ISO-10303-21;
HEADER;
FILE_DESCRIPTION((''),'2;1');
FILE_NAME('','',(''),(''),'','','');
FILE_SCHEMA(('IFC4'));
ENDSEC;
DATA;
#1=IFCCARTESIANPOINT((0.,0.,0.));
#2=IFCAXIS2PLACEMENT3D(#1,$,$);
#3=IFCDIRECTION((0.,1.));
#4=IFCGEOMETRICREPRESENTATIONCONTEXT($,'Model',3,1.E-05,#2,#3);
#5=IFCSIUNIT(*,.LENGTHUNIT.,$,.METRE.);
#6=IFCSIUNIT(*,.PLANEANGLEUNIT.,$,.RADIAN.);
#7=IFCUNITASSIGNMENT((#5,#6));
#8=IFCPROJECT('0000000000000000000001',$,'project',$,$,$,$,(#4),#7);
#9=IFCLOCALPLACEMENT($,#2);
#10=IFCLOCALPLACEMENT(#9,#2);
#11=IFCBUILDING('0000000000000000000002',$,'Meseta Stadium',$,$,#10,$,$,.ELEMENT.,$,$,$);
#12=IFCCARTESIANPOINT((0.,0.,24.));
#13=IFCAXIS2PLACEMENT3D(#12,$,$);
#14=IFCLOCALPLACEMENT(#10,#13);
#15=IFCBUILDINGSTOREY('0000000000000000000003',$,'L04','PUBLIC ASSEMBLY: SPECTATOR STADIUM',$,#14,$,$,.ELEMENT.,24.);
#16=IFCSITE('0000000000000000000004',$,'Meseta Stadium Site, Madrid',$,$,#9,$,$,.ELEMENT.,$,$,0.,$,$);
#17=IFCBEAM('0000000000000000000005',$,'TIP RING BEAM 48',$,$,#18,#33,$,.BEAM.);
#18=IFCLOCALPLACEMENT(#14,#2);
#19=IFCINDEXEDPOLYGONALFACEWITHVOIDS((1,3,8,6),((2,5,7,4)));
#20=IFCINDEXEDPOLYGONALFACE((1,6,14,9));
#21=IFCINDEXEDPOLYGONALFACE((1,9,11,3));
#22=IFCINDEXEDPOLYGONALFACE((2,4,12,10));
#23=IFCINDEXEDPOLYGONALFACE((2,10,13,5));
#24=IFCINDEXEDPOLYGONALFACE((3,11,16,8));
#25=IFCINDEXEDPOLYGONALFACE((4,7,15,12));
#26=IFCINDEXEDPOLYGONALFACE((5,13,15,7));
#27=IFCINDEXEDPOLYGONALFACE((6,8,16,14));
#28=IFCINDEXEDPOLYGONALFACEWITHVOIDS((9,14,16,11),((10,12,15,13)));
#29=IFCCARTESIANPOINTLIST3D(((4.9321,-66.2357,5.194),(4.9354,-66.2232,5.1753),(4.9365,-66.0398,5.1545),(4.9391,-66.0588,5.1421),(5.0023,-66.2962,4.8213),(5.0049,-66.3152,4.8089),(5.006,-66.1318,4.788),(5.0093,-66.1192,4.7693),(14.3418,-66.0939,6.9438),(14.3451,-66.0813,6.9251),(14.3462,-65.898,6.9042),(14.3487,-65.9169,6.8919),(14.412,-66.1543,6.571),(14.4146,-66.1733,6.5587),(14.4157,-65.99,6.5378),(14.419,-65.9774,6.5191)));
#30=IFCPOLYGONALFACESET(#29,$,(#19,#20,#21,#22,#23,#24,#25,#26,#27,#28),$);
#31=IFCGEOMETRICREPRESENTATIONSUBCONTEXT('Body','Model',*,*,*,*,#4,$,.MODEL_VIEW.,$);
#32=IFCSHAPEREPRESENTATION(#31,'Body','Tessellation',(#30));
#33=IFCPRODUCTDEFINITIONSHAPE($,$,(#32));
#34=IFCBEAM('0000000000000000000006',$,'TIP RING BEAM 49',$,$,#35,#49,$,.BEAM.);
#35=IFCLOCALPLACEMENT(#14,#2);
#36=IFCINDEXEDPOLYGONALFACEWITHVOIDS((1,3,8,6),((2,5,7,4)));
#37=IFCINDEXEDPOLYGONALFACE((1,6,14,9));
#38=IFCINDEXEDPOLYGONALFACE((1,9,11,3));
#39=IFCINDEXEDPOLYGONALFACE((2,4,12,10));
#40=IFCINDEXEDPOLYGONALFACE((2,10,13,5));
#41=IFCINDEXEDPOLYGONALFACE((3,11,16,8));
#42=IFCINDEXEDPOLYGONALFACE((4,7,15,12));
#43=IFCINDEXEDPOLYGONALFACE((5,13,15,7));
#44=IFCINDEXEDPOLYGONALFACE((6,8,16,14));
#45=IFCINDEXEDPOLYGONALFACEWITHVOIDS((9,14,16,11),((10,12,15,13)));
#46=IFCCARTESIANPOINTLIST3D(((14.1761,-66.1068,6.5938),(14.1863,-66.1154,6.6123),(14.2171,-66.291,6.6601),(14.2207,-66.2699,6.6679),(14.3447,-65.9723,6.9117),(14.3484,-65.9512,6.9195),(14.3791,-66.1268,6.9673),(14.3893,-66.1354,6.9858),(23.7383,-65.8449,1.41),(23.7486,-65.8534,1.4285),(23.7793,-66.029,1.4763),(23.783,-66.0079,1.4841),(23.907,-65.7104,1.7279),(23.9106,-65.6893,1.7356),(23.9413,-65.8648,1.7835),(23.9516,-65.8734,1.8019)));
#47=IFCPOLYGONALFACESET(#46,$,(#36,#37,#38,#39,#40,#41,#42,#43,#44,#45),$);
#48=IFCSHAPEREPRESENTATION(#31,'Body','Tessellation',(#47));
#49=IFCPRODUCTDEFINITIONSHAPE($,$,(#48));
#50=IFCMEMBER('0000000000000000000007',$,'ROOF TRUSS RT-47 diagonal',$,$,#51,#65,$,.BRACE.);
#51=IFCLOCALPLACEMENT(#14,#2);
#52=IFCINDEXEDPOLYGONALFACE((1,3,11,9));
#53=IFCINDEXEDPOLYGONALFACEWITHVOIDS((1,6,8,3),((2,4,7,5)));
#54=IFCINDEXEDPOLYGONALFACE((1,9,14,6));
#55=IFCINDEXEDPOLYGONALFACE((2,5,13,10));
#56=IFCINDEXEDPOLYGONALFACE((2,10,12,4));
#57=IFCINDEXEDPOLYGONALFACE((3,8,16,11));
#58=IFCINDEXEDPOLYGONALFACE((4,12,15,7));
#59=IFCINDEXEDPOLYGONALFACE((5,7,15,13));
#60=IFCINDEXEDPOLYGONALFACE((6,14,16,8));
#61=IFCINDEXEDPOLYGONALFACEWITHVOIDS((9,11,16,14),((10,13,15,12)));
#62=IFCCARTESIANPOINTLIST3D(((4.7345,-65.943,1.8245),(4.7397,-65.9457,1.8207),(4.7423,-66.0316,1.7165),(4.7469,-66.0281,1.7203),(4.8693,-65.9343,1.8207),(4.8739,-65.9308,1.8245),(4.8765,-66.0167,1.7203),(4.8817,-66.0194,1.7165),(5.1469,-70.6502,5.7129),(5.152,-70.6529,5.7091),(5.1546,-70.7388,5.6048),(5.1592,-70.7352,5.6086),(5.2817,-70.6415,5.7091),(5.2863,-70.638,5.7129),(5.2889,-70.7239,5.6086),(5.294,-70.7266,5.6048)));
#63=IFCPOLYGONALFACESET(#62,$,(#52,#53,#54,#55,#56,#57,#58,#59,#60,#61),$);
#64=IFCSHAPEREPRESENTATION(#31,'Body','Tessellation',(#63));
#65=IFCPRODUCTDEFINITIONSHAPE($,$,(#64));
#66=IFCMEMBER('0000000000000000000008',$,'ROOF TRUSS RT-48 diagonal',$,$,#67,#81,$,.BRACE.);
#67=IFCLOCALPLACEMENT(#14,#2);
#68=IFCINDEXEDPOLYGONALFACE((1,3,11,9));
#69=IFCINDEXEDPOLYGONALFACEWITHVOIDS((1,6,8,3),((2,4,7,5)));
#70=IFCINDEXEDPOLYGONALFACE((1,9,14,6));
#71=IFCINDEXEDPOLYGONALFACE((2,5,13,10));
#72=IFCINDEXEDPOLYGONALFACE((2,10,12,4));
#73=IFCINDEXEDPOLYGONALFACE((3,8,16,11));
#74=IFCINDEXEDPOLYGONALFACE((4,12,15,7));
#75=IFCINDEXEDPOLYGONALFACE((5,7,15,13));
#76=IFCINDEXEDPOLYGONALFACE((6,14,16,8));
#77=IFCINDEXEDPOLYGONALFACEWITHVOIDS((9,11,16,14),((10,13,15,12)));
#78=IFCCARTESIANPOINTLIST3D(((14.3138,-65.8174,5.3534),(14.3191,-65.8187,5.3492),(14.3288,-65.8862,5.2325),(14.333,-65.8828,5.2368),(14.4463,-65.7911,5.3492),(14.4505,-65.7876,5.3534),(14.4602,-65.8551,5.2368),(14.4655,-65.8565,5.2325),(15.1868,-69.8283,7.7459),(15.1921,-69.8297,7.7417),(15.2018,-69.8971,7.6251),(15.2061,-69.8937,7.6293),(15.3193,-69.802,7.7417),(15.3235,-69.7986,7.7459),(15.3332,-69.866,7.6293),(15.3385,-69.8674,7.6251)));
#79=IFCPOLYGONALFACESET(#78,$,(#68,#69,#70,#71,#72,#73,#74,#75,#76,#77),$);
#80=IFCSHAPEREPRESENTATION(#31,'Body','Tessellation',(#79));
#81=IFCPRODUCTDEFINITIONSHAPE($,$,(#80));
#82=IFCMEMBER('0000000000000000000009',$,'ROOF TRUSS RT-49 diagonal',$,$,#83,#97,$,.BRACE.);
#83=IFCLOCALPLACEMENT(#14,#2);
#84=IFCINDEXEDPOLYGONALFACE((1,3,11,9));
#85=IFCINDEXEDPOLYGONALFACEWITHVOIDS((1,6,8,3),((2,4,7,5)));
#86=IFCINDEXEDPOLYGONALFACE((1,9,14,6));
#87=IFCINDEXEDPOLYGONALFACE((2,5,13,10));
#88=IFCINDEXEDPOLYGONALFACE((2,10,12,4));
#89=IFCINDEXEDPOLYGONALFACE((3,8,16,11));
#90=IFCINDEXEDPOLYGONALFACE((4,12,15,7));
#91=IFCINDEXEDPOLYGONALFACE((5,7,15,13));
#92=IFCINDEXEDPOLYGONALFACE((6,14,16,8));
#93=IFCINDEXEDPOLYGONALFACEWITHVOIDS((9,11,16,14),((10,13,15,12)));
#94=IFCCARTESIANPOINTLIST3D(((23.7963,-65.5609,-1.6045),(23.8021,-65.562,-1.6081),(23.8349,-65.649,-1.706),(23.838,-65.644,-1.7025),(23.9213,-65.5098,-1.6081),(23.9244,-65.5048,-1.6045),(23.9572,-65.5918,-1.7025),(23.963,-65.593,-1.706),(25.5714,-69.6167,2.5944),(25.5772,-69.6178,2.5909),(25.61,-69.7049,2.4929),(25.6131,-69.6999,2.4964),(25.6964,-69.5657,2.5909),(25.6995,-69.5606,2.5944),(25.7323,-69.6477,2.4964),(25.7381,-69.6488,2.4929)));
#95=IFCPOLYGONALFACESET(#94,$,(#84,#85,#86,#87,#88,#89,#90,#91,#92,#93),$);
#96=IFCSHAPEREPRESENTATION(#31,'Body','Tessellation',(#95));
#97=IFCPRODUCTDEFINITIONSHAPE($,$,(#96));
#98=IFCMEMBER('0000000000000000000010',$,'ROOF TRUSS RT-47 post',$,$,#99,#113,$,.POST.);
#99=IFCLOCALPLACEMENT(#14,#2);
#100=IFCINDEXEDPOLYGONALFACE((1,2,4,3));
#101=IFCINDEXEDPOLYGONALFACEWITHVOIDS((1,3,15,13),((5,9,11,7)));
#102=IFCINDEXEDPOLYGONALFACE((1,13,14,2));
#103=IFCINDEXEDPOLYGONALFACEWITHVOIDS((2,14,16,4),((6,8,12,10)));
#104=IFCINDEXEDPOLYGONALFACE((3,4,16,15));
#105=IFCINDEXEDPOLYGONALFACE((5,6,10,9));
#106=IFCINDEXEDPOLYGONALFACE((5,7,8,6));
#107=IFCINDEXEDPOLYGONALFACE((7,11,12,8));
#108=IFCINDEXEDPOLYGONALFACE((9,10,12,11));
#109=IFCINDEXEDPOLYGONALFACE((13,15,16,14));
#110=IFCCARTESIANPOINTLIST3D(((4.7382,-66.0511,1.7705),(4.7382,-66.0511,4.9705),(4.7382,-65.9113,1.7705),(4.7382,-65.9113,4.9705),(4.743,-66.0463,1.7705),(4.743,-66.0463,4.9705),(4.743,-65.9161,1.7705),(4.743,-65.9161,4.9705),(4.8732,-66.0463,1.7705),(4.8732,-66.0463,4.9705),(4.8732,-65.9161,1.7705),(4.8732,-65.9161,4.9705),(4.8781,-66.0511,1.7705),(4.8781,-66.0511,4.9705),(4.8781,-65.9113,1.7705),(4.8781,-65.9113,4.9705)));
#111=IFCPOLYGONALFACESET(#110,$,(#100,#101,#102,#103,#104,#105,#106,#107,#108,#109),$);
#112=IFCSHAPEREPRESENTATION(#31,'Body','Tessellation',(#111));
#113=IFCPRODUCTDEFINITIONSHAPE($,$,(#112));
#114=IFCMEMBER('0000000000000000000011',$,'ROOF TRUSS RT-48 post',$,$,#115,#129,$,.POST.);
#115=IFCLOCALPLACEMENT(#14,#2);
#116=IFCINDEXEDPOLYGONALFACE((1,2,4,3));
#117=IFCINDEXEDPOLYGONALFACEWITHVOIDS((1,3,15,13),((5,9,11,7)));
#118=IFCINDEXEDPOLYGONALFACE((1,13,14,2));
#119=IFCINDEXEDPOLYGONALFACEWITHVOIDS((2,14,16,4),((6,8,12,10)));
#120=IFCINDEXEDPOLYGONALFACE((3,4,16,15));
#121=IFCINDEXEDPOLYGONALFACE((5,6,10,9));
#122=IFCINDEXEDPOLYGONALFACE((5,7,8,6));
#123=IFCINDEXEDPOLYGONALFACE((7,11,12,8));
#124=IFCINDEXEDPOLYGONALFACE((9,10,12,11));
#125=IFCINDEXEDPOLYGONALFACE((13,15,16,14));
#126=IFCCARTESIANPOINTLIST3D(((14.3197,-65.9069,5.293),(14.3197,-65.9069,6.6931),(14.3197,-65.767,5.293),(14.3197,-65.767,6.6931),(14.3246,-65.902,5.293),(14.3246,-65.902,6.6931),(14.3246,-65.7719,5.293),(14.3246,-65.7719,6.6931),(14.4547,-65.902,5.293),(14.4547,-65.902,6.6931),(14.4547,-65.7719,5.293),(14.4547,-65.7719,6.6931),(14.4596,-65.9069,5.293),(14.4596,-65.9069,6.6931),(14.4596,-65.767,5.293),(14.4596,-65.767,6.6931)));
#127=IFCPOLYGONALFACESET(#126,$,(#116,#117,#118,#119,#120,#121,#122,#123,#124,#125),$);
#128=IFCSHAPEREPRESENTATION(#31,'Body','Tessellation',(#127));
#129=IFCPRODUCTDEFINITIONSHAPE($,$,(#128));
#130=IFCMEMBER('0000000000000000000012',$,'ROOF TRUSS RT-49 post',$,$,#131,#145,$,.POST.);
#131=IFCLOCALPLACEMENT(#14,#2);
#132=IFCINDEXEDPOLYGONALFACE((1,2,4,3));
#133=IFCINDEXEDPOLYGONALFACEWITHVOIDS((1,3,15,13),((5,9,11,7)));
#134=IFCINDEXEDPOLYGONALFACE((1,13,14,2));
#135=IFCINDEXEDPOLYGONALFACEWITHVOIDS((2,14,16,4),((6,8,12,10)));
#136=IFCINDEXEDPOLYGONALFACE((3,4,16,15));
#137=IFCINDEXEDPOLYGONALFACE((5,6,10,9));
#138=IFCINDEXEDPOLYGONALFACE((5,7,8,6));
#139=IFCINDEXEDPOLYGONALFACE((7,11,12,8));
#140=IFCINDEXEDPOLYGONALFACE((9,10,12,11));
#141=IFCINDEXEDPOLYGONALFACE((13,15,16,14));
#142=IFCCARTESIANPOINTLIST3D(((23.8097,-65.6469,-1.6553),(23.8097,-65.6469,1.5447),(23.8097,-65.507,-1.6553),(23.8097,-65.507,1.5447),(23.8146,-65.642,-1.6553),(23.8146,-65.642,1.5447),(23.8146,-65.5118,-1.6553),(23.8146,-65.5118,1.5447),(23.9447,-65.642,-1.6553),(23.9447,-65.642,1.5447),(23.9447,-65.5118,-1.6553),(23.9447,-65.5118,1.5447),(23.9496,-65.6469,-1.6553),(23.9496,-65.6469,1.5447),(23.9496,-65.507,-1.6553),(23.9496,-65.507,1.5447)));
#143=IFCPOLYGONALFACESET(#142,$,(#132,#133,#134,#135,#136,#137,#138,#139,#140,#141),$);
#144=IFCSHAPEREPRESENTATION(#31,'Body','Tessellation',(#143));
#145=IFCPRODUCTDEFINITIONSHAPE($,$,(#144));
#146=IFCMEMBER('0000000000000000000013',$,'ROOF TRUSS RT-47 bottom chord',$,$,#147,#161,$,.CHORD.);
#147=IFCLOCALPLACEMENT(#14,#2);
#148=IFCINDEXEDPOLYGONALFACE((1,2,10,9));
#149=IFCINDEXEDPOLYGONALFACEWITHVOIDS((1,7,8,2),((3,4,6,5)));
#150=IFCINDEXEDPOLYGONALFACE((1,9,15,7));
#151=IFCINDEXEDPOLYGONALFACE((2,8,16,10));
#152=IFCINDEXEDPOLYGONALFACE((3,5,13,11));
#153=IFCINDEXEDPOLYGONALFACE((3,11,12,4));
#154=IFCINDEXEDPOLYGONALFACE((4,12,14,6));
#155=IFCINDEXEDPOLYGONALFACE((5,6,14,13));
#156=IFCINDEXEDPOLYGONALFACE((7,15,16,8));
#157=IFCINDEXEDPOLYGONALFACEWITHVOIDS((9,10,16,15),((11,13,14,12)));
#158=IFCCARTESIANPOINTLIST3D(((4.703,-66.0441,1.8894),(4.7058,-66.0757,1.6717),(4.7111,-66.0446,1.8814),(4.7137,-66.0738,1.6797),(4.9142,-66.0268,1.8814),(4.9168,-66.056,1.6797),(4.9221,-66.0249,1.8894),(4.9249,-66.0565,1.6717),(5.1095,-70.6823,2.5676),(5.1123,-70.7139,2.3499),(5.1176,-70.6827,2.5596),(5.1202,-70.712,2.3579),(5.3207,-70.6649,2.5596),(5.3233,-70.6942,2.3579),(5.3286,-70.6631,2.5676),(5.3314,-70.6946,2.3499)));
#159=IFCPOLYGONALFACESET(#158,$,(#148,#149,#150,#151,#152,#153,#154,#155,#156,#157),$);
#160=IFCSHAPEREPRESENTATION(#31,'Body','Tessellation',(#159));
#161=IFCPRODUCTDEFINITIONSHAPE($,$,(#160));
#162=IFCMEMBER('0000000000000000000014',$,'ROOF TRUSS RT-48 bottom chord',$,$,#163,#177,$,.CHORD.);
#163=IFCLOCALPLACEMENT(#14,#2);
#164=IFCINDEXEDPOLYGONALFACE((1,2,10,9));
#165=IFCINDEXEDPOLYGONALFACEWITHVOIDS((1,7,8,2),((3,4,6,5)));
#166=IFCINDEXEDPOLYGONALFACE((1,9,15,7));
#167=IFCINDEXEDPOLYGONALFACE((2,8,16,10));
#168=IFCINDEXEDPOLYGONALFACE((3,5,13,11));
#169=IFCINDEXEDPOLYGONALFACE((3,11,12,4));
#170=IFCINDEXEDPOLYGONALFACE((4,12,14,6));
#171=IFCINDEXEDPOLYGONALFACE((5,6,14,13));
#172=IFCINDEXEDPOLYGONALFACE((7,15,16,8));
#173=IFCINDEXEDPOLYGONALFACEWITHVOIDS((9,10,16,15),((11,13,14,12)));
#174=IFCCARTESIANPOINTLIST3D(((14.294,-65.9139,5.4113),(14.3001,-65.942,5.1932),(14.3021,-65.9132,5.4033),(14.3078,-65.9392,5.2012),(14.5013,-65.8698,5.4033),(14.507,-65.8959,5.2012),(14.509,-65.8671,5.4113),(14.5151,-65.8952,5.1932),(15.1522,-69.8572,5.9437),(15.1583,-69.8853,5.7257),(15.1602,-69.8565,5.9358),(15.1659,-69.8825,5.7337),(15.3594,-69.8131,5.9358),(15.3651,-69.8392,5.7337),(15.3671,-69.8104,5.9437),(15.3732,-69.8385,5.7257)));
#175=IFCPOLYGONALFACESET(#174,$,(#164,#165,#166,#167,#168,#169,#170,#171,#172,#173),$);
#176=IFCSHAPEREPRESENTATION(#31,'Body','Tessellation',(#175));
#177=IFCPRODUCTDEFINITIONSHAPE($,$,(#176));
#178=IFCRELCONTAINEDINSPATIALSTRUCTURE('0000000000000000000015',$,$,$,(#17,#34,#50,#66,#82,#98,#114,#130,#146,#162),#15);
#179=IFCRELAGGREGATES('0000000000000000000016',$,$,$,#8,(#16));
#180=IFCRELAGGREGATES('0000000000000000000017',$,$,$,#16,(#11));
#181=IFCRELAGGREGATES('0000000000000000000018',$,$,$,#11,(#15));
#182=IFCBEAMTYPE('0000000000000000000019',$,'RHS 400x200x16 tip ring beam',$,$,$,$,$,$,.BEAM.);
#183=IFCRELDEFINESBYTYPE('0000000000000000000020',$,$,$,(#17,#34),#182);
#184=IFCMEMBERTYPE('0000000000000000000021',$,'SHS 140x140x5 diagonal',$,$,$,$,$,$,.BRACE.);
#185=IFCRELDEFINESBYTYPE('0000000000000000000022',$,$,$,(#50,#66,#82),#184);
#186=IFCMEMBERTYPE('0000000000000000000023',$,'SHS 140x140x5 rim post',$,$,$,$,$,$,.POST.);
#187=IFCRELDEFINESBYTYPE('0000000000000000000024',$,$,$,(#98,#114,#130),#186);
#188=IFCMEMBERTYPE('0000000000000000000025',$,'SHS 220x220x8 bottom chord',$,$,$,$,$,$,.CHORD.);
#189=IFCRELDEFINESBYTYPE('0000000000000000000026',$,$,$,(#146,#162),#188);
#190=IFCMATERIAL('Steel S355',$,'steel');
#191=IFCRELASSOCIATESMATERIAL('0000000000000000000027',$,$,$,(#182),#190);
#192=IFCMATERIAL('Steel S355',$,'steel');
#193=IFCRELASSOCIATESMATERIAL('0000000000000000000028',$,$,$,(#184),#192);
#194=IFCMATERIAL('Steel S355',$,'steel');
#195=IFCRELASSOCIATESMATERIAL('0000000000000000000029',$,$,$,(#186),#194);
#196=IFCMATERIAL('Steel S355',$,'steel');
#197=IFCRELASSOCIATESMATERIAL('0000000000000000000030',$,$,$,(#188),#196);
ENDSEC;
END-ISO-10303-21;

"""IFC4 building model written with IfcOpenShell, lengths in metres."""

from ifc_helpers import new_model, si_unit, direction, frame, origin, origin_2d, place, context, subcontext, project, spatial, hollow_rectangle, extrude, material, material_profile, profile_set, type_object, element, save


model = new_model("IFC4")

# Units and contexts
model_context = context("Model", 3, precision=1e-05, world=origin(), true_north=direction((0.0, 1.0)))
body_context = subcontext(model_context, "Body", "Model", "MODEL_VIEW")
ifc_project = project(units=[si_unit("LENGTHUNIT", "METRE"), si_unit("PLANEANGLEUNIT", "RADIAN")], contexts=[model_context])

# Site, building, storey
site_placement = place(None, origin())
site = spatial("IfcSite", under=ifc_project, at=site_placement, Name="Meseta Stadium Site, Madrid", CompositionType="ELEMENT", RefElevation=0.0)
building_placement = place(site_placement, origin())
building = spatial("IfcBuilding", under=site, at=building_placement, Name="Meseta Stadium", CompositionType="ELEMENT")
storey_placement = place(building_placement, frame((0.0, 0.0, 24.0)))
storey = spatial("IfcBuildingStorey", under=building, at=storey_placement, Name="L04", Description="PUBLIC ASSEMBLY: SPECTATOR STADIUM", CompositionType="ELEMENT", Elevation=24.0)

# Beams
ifc_material_1 = material(Name="Steel S355", Category="steel")
ifc_material_profile_1 = material_profile(ifc_material_1, hollow_rectangle(XDim=0.2, YDim=0.3999, WallThickness=0.0161, at=origin_2d()), Name="RHS 400x200x16")
ifc_profile_set_1 = profile_set([ifc_material_profile_1], Name="Steel S355")
beam_type = type_object("IfcBeamType", Name="RHS 400x200x16 tip ring beam", PredefinedType="BEAM", material=ifc_profile_set_1)
beam_1_placement = place(storey_placement, frame((4.9707, -66.1775, 4.9817), z_axis=(0.983039, 0.014819, 0.182799), x_axis=(0.02204, 0.979961, -0.197968)))
element("IfcBeam", 1, at=beam_1_placement, inside=storey, type_object=beam_type, Name="TIP RING BEAM 48", PredefinedType="BEAM", context=body_context, shape_type="SweptSolid", body=[
    extrude(hollow_rectangle(XDim=0.2, YDim=0.3999, WallThickness=0.0161, at=origin_2d()), origin(), (0.0, 0.0, 1.0), 9.572),
])
beam_2_placement = place(storey_placement, frame((14.2827, -66.1211, 6.7898), z_axis=(0.878872, 0.024077, -0.476449), x_axis=(-0.204991, 0.920882, -0.331595)))
element("IfcBeam", 2, at=beam_2_placement, inside=storey, type_object=beam_type, Name="TIP RING BEAM 49", PredefinedType="BEAM", context=body_context, shape_type="SweptSolid", body=[
    extrude(hollow_rectangle(XDim=0.2, YDim=0.3999, WallThickness=0.0161, at=origin_2d()), origin(), (0.0, 0.0, 1.0), 10.8801),
])

# Members
ifc_material_2 = material(Name="Steel S355", Category="steel")
ifc_material_profile_2 = material_profile(ifc_material_2, hollow_rectangle(XDim=0.1399, YDim=0.1399, WallThickness=0.0049, at=origin_2d()), Name="SHS 140x140x5")
ifc_profile_set_2 = profile_set([ifc_material_profile_2], Name="Steel S355")
member_type_1 = type_object("IfcMemberType", Name="SHS 140x140x5 diagonal", PredefinedType="BRACE", material=ifc_profile_set_2)
member_1_placement = place(storey_placement, frame((4.8081, -65.9812, 1.7705), z_axis=(0.067383, -0.769225, 0.635415), x_axis=(0.996185, 0.087265, 0.0)))
element("IfcMember", 3, at=member_1_placement, inside=storey, type_object=member_type_1, Name="ROOF TRUSS RT-47 diagonal", PredefinedType="BRACE", context=body_context, shape_type="SweptSolid", body=[
    extrude(hollow_rectangle(XDim=0.1399, YDim=0.1399, WallThickness=0.0049, at=origin_2d()), origin(), (0.0, 0.0, 1.0), 6.1194),
])
member_2_placement = place(storey_placement, frame((14.3896, -65.8369, 5.293), z_axis=(0.18375, -0.844191, 0.503565), x_axis=(0.977121, 0.212684, 0.0)))
element("IfcMember", 4, at=member_2_placement, inside=storey, type_object=member_type_1, Name="ROOF TRUSS RT-48 diagonal", PredefinedType="BRACE", context=body_context, shape_type="SweptSolid", body=[
    extrude(hollow_rectangle(XDim=0.1399, YDim=0.1399, WallThickness=0.0049, at=origin_2d()), origin(), (0.0, 0.0, 1.0), 4.7512),
])
member_3_placement = place(storey_placement, frame((23.8796, -65.5769, -1.6553), z_axis=(0.290918, -0.664698, 0.688145), x_axis=(0.9161, 0.400949, 0.0)))
element("IfcMember", 5, at=member_3_placement, inside=storey, type_object=member_type_1, Name="ROOF TRUSS RT-49 diagonal", PredefinedType="BRACE", context=body_context, shape_type="SweptSolid", body=[
    extrude(hollow_rectangle(XDim=0.1399, YDim=0.1399, WallThickness=0.0049, at=origin_2d()), origin(), (0.0, 0.0, 1.0), 6.1018),
])
ifc_material_3 = material(Name="Steel S355", Category="steel")
ifc_material_profile_3 = material_profile(ifc_material_3, hollow_rectangle(XDim=0.1399, YDim=0.1399, WallThickness=0.0049, at=origin_2d()), Name="SHS 140x140x5")
ifc_profile_set_3 = profile_set([ifc_material_profile_3], Name="Steel S355")
member_type_2 = type_object("IfcMemberType", Name="SHS 140x140x5 rim post", PredefinedType="POST", material=ifc_profile_set_3)
member_4_placement = place(storey_placement, frame((4.8081, -65.9812, 1.7705), z_axis=(0.0, 0.0, 1.0), x_axis=(1.0, 0.0, 0.0)))
element("IfcMember", 6, at=member_4_placement, inside=storey, type_object=member_type_2, Name="ROOF TRUSS RT-47 post", PredefinedType="POST", context=body_context, shape_type="SweptSolid", body=[
    extrude(hollow_rectangle(XDim=0.1399, YDim=0.1399, WallThickness=0.0049, at=origin_2d()), origin(), (0.0, 0.0, 1.0), 3.2),
])
member_5_placement = place(storey_placement, frame((14.3896, -65.8369, 5.293), z_axis=(0.0, 0.0, 1.0), x_axis=(1.0, 0.0, 0.0)))
element("IfcMember", 7, at=member_5_placement, inside=storey, type_object=member_type_2, Name="ROOF TRUSS RT-48 post", PredefinedType="POST", context=body_context, shape_type="SweptSolid", body=[
    extrude(hollow_rectangle(XDim=0.1399, YDim=0.1399, WallThickness=0.0049, at=origin_2d()), origin(), (0.0, 0.0, 1.0), 1.4001),
])
member_6_placement = place(storey_placement, frame((23.8796, -65.5769, -1.6553), z_axis=(0.0, 0.0, 1.0), x_axis=(1.0, 0.0, 0.0)))
element("IfcMember", 8, at=member_6_placement, inside=storey, type_object=member_type_2, Name="ROOF TRUSS RT-49 post", PredefinedType="POST", context=body_context, shape_type="SweptSolid", body=[
    extrude(hollow_rectangle(XDim=0.1399, YDim=0.1399, WallThickness=0.0049, at=origin_2d()), origin(), (0.0, 0.0, 1.0), 3.2),
])
ifc_material_4 = material(Name="Steel S355", Category="steel")
ifc_material_profile_4 = material_profile(ifc_material_4, hollow_rectangle(XDim=0.22, YDim=0.22, WallThickness=0.0081, at=origin_2d()), Name="SHS 220x220x8")
ifc_profile_set_4 = profile_set([ifc_material_profile_4], Name="Steel S355")
member_type_3 = type_object("IfcMemberType", Name="SHS 220x220x8 bottom chord", PredefinedType="CHORD", material=ifc_profile_set_4)
member_7_placement = place(storey_placement, frame((4.814, -66.0503, 1.7805), z_axis=(0.086394, -0.985778, 0.144146), x_axis=(0.996182, 0.087306, 0.0)))
element("IfcMember", 9, at=member_7_placement, inside=storey, type_object=member_type_3, Name="ROOF TRUSS RT-47 bottom chord", PredefinedType="CHORD", context=body_context, shape_type="SweptSolid", body=[
    extrude(hollow_rectangle(XDim=0.22, YDim=0.22, WallThickness=0.0081, at=origin_2d()), origin(), (0.0, 0.0, 1.0), 4.7051),
])
member_8_placement = place(storey_placement, frame((14.4045, -65.9045, 5.3022), z_axis=(0.210816, -0.968734, 0.130808), x_axis=(0.97713, 0.212643, 0.0)))
element("IfcMember", 10, at=member_8_placement, inside=storey, type_object=member_type_3, Name="ROOF TRUSS RT-48 bottom chord", PredefinedType="CHORD", context=body_context, shape_type="SweptSolid", body=[
    extrude(hollow_rectangle(XDim=0.22, YDim=0.22, WallThickness=0.0081, at=origin_2d()), origin(), (0.0, 0.0, 1.0), 4.0706),
])

save(model, "model.ifc")
